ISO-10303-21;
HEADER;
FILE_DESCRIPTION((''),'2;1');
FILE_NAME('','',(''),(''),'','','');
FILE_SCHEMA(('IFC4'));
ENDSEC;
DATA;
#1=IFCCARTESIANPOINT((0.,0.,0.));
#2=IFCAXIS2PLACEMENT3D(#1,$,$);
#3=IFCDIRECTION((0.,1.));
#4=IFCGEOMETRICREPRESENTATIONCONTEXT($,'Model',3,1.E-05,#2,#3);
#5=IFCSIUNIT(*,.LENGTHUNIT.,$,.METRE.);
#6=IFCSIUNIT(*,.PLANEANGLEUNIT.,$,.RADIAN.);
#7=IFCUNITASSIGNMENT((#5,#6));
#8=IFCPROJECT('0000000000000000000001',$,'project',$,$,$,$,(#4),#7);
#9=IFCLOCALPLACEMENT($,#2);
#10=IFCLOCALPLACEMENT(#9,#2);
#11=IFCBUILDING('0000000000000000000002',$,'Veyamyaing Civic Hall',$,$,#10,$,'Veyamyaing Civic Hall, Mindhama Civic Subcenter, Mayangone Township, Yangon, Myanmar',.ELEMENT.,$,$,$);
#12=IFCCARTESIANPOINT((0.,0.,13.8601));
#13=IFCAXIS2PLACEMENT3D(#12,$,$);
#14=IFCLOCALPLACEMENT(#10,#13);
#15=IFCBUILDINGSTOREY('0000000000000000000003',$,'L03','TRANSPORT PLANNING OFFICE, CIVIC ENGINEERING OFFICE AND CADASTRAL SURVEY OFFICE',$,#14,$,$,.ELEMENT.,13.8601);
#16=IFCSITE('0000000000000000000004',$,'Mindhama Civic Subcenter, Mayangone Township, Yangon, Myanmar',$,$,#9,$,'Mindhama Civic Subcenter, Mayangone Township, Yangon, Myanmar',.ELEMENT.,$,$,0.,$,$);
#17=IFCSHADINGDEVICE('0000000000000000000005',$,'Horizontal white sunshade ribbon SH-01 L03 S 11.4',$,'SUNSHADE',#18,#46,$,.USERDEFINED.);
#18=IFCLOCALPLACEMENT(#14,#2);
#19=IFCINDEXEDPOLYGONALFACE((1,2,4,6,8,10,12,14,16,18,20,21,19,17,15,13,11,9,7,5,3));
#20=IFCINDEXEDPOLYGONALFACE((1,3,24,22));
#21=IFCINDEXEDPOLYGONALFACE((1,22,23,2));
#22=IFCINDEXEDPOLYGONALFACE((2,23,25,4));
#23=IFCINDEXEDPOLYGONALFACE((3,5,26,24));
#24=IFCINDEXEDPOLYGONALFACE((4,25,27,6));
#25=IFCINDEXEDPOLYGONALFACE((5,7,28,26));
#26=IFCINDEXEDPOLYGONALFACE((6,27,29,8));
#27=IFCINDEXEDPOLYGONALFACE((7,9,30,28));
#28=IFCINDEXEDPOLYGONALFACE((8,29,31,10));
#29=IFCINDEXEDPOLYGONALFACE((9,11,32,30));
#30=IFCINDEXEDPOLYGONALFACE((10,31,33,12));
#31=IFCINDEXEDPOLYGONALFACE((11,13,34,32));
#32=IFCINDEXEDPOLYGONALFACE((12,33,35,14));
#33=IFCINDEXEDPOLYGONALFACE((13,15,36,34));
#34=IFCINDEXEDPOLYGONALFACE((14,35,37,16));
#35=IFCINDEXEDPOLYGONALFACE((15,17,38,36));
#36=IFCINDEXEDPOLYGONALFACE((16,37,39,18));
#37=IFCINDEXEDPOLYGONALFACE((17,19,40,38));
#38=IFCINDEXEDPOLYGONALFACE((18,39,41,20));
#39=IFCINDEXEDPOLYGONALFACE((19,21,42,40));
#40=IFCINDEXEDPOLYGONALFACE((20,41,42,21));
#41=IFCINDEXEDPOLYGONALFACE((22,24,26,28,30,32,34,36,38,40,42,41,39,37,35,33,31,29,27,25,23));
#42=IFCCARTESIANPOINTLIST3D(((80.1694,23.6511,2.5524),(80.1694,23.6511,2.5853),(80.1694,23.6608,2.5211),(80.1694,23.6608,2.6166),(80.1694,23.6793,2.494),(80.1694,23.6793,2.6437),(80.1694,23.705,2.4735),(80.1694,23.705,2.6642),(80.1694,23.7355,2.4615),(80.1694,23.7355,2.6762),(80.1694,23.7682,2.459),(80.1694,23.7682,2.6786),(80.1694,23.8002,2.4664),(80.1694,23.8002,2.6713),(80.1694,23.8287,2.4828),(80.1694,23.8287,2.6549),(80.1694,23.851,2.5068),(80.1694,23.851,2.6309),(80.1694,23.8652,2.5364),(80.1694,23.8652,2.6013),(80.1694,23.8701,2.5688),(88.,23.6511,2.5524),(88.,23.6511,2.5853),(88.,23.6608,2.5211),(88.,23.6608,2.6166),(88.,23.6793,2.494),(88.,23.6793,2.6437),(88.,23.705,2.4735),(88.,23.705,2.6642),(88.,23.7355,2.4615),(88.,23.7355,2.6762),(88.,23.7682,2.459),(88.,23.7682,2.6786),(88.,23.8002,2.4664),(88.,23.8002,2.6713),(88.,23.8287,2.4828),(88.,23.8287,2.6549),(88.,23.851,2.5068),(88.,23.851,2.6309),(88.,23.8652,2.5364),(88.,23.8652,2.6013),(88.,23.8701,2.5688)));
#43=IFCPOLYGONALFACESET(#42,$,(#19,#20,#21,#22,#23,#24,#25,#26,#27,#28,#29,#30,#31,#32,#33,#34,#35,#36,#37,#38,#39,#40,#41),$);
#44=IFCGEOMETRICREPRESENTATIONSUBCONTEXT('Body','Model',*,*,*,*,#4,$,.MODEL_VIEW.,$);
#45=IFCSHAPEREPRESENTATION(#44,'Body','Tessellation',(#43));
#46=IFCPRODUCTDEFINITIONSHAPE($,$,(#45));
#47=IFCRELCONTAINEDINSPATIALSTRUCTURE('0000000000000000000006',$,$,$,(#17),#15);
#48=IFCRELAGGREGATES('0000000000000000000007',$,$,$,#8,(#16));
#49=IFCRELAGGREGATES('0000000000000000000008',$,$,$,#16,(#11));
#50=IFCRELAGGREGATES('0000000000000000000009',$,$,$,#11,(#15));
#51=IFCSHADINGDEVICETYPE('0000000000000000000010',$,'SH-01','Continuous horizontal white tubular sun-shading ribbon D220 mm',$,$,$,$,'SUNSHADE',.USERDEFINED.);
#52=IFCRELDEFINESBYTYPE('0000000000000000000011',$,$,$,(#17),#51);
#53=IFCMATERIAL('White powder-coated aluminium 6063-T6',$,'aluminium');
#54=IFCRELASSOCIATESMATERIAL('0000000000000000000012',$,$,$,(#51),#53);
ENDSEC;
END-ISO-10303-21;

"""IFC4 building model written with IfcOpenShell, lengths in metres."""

from ifc_helpers import new_model, si_unit, direction, frame, origin, origin_2d, place, context, subcontext, project, spatial, circle, extrude, material, material_profile, profile_set, type_object, element, save


model = new_model("IFC4")

# Units and contexts
model_context = context("Model", 3, precision=1e-05, world=origin(), true_north=direction((0.0, 1.0)))
body_context = subcontext(model_context, "Body", "Model", "MODEL_VIEW")
ifc_project = project(units=[si_unit("LENGTHUNIT", "METRE"), si_unit("PLANEANGLEUNIT", "RADIAN")], contexts=[model_context])

# Site, building, storey
site_placement = place(None, origin())
site = spatial("IfcSite", under=ifc_project, at=site_placement, Name="Mindhama Civic Subcenter, Mayangone Township, Yangon, Myanmar", LongName="Mindhama Civic Subcenter, Mayangone Township, Yangon, Myanmar", CompositionType="ELEMENT", RefElevation=0.0)
building_placement = place(site_placement, origin())
building = spatial("IfcBuilding", under=site, at=building_placement, Name="Veyamyaing Civic Hall", LongName="Veyamyaing Civic Hall, Mindhama Civic Subcenter, Mayangone Township, Yangon, Myanmar", CompositionType="ELEMENT")
storey_placement = place(building_placement, frame((0.0, 0.0, 13.8601)))
storey = spatial("IfcBuildingStorey", under=building, at=storey_placement, Name="L03", Description="TRANSPORT PLANNING OFFICE, CIVIC ENGINEERING OFFICE AND CADASTRAL SURVEY OFFICE", CompositionType="ELEMENT", Elevation=13.8601)

# Shared definitions
ifc_material_1 = material(Name="White powder-coated aluminium 6063-T6", Category="aluminium")

# Shading device
ifc_material_profile_1 = material_profile(ifc_material_1, circle(Radius=0.1101, at=origin_2d()), Name="SHADE-TUBE-220")
ifc_profile_set_1 = profile_set([ifc_material_profile_1], Name="White powder-coated aluminium 6063-T6")
shading_device_type = type_object("IfcShadingDeviceType", Name="SH-01", Description="Continuous horizontal white tubular sun-shading ribbon D220 mm", ElementType="SUNSHADE", PredefinedType="USERDEFINED", material=ifc_profile_set_1)
shading_device_placement = place(storey_placement, frame((80.1694, 23.76, 2.5688), z_axis=(1.0, 0.0, 0.0), x_axis=(0.0, 1.0, 0.0)))
element("IfcShadingDevice", 1, at=shading_device_placement, inside=storey, type_object=shading_device_type, Name="Horizontal white sunshade ribbon SH-01 L03 S 11.4", ObjectType="SUNSHADE", PredefinedType="USERDEFINED", context=body_context, shape_type="SweptSolid", body=[
    extrude(circle(Radius=0.1101, at=origin_2d()), origin(), (0.0, 0.0, 1.0), 7.8306),
])

save(model, "model.ifc")
